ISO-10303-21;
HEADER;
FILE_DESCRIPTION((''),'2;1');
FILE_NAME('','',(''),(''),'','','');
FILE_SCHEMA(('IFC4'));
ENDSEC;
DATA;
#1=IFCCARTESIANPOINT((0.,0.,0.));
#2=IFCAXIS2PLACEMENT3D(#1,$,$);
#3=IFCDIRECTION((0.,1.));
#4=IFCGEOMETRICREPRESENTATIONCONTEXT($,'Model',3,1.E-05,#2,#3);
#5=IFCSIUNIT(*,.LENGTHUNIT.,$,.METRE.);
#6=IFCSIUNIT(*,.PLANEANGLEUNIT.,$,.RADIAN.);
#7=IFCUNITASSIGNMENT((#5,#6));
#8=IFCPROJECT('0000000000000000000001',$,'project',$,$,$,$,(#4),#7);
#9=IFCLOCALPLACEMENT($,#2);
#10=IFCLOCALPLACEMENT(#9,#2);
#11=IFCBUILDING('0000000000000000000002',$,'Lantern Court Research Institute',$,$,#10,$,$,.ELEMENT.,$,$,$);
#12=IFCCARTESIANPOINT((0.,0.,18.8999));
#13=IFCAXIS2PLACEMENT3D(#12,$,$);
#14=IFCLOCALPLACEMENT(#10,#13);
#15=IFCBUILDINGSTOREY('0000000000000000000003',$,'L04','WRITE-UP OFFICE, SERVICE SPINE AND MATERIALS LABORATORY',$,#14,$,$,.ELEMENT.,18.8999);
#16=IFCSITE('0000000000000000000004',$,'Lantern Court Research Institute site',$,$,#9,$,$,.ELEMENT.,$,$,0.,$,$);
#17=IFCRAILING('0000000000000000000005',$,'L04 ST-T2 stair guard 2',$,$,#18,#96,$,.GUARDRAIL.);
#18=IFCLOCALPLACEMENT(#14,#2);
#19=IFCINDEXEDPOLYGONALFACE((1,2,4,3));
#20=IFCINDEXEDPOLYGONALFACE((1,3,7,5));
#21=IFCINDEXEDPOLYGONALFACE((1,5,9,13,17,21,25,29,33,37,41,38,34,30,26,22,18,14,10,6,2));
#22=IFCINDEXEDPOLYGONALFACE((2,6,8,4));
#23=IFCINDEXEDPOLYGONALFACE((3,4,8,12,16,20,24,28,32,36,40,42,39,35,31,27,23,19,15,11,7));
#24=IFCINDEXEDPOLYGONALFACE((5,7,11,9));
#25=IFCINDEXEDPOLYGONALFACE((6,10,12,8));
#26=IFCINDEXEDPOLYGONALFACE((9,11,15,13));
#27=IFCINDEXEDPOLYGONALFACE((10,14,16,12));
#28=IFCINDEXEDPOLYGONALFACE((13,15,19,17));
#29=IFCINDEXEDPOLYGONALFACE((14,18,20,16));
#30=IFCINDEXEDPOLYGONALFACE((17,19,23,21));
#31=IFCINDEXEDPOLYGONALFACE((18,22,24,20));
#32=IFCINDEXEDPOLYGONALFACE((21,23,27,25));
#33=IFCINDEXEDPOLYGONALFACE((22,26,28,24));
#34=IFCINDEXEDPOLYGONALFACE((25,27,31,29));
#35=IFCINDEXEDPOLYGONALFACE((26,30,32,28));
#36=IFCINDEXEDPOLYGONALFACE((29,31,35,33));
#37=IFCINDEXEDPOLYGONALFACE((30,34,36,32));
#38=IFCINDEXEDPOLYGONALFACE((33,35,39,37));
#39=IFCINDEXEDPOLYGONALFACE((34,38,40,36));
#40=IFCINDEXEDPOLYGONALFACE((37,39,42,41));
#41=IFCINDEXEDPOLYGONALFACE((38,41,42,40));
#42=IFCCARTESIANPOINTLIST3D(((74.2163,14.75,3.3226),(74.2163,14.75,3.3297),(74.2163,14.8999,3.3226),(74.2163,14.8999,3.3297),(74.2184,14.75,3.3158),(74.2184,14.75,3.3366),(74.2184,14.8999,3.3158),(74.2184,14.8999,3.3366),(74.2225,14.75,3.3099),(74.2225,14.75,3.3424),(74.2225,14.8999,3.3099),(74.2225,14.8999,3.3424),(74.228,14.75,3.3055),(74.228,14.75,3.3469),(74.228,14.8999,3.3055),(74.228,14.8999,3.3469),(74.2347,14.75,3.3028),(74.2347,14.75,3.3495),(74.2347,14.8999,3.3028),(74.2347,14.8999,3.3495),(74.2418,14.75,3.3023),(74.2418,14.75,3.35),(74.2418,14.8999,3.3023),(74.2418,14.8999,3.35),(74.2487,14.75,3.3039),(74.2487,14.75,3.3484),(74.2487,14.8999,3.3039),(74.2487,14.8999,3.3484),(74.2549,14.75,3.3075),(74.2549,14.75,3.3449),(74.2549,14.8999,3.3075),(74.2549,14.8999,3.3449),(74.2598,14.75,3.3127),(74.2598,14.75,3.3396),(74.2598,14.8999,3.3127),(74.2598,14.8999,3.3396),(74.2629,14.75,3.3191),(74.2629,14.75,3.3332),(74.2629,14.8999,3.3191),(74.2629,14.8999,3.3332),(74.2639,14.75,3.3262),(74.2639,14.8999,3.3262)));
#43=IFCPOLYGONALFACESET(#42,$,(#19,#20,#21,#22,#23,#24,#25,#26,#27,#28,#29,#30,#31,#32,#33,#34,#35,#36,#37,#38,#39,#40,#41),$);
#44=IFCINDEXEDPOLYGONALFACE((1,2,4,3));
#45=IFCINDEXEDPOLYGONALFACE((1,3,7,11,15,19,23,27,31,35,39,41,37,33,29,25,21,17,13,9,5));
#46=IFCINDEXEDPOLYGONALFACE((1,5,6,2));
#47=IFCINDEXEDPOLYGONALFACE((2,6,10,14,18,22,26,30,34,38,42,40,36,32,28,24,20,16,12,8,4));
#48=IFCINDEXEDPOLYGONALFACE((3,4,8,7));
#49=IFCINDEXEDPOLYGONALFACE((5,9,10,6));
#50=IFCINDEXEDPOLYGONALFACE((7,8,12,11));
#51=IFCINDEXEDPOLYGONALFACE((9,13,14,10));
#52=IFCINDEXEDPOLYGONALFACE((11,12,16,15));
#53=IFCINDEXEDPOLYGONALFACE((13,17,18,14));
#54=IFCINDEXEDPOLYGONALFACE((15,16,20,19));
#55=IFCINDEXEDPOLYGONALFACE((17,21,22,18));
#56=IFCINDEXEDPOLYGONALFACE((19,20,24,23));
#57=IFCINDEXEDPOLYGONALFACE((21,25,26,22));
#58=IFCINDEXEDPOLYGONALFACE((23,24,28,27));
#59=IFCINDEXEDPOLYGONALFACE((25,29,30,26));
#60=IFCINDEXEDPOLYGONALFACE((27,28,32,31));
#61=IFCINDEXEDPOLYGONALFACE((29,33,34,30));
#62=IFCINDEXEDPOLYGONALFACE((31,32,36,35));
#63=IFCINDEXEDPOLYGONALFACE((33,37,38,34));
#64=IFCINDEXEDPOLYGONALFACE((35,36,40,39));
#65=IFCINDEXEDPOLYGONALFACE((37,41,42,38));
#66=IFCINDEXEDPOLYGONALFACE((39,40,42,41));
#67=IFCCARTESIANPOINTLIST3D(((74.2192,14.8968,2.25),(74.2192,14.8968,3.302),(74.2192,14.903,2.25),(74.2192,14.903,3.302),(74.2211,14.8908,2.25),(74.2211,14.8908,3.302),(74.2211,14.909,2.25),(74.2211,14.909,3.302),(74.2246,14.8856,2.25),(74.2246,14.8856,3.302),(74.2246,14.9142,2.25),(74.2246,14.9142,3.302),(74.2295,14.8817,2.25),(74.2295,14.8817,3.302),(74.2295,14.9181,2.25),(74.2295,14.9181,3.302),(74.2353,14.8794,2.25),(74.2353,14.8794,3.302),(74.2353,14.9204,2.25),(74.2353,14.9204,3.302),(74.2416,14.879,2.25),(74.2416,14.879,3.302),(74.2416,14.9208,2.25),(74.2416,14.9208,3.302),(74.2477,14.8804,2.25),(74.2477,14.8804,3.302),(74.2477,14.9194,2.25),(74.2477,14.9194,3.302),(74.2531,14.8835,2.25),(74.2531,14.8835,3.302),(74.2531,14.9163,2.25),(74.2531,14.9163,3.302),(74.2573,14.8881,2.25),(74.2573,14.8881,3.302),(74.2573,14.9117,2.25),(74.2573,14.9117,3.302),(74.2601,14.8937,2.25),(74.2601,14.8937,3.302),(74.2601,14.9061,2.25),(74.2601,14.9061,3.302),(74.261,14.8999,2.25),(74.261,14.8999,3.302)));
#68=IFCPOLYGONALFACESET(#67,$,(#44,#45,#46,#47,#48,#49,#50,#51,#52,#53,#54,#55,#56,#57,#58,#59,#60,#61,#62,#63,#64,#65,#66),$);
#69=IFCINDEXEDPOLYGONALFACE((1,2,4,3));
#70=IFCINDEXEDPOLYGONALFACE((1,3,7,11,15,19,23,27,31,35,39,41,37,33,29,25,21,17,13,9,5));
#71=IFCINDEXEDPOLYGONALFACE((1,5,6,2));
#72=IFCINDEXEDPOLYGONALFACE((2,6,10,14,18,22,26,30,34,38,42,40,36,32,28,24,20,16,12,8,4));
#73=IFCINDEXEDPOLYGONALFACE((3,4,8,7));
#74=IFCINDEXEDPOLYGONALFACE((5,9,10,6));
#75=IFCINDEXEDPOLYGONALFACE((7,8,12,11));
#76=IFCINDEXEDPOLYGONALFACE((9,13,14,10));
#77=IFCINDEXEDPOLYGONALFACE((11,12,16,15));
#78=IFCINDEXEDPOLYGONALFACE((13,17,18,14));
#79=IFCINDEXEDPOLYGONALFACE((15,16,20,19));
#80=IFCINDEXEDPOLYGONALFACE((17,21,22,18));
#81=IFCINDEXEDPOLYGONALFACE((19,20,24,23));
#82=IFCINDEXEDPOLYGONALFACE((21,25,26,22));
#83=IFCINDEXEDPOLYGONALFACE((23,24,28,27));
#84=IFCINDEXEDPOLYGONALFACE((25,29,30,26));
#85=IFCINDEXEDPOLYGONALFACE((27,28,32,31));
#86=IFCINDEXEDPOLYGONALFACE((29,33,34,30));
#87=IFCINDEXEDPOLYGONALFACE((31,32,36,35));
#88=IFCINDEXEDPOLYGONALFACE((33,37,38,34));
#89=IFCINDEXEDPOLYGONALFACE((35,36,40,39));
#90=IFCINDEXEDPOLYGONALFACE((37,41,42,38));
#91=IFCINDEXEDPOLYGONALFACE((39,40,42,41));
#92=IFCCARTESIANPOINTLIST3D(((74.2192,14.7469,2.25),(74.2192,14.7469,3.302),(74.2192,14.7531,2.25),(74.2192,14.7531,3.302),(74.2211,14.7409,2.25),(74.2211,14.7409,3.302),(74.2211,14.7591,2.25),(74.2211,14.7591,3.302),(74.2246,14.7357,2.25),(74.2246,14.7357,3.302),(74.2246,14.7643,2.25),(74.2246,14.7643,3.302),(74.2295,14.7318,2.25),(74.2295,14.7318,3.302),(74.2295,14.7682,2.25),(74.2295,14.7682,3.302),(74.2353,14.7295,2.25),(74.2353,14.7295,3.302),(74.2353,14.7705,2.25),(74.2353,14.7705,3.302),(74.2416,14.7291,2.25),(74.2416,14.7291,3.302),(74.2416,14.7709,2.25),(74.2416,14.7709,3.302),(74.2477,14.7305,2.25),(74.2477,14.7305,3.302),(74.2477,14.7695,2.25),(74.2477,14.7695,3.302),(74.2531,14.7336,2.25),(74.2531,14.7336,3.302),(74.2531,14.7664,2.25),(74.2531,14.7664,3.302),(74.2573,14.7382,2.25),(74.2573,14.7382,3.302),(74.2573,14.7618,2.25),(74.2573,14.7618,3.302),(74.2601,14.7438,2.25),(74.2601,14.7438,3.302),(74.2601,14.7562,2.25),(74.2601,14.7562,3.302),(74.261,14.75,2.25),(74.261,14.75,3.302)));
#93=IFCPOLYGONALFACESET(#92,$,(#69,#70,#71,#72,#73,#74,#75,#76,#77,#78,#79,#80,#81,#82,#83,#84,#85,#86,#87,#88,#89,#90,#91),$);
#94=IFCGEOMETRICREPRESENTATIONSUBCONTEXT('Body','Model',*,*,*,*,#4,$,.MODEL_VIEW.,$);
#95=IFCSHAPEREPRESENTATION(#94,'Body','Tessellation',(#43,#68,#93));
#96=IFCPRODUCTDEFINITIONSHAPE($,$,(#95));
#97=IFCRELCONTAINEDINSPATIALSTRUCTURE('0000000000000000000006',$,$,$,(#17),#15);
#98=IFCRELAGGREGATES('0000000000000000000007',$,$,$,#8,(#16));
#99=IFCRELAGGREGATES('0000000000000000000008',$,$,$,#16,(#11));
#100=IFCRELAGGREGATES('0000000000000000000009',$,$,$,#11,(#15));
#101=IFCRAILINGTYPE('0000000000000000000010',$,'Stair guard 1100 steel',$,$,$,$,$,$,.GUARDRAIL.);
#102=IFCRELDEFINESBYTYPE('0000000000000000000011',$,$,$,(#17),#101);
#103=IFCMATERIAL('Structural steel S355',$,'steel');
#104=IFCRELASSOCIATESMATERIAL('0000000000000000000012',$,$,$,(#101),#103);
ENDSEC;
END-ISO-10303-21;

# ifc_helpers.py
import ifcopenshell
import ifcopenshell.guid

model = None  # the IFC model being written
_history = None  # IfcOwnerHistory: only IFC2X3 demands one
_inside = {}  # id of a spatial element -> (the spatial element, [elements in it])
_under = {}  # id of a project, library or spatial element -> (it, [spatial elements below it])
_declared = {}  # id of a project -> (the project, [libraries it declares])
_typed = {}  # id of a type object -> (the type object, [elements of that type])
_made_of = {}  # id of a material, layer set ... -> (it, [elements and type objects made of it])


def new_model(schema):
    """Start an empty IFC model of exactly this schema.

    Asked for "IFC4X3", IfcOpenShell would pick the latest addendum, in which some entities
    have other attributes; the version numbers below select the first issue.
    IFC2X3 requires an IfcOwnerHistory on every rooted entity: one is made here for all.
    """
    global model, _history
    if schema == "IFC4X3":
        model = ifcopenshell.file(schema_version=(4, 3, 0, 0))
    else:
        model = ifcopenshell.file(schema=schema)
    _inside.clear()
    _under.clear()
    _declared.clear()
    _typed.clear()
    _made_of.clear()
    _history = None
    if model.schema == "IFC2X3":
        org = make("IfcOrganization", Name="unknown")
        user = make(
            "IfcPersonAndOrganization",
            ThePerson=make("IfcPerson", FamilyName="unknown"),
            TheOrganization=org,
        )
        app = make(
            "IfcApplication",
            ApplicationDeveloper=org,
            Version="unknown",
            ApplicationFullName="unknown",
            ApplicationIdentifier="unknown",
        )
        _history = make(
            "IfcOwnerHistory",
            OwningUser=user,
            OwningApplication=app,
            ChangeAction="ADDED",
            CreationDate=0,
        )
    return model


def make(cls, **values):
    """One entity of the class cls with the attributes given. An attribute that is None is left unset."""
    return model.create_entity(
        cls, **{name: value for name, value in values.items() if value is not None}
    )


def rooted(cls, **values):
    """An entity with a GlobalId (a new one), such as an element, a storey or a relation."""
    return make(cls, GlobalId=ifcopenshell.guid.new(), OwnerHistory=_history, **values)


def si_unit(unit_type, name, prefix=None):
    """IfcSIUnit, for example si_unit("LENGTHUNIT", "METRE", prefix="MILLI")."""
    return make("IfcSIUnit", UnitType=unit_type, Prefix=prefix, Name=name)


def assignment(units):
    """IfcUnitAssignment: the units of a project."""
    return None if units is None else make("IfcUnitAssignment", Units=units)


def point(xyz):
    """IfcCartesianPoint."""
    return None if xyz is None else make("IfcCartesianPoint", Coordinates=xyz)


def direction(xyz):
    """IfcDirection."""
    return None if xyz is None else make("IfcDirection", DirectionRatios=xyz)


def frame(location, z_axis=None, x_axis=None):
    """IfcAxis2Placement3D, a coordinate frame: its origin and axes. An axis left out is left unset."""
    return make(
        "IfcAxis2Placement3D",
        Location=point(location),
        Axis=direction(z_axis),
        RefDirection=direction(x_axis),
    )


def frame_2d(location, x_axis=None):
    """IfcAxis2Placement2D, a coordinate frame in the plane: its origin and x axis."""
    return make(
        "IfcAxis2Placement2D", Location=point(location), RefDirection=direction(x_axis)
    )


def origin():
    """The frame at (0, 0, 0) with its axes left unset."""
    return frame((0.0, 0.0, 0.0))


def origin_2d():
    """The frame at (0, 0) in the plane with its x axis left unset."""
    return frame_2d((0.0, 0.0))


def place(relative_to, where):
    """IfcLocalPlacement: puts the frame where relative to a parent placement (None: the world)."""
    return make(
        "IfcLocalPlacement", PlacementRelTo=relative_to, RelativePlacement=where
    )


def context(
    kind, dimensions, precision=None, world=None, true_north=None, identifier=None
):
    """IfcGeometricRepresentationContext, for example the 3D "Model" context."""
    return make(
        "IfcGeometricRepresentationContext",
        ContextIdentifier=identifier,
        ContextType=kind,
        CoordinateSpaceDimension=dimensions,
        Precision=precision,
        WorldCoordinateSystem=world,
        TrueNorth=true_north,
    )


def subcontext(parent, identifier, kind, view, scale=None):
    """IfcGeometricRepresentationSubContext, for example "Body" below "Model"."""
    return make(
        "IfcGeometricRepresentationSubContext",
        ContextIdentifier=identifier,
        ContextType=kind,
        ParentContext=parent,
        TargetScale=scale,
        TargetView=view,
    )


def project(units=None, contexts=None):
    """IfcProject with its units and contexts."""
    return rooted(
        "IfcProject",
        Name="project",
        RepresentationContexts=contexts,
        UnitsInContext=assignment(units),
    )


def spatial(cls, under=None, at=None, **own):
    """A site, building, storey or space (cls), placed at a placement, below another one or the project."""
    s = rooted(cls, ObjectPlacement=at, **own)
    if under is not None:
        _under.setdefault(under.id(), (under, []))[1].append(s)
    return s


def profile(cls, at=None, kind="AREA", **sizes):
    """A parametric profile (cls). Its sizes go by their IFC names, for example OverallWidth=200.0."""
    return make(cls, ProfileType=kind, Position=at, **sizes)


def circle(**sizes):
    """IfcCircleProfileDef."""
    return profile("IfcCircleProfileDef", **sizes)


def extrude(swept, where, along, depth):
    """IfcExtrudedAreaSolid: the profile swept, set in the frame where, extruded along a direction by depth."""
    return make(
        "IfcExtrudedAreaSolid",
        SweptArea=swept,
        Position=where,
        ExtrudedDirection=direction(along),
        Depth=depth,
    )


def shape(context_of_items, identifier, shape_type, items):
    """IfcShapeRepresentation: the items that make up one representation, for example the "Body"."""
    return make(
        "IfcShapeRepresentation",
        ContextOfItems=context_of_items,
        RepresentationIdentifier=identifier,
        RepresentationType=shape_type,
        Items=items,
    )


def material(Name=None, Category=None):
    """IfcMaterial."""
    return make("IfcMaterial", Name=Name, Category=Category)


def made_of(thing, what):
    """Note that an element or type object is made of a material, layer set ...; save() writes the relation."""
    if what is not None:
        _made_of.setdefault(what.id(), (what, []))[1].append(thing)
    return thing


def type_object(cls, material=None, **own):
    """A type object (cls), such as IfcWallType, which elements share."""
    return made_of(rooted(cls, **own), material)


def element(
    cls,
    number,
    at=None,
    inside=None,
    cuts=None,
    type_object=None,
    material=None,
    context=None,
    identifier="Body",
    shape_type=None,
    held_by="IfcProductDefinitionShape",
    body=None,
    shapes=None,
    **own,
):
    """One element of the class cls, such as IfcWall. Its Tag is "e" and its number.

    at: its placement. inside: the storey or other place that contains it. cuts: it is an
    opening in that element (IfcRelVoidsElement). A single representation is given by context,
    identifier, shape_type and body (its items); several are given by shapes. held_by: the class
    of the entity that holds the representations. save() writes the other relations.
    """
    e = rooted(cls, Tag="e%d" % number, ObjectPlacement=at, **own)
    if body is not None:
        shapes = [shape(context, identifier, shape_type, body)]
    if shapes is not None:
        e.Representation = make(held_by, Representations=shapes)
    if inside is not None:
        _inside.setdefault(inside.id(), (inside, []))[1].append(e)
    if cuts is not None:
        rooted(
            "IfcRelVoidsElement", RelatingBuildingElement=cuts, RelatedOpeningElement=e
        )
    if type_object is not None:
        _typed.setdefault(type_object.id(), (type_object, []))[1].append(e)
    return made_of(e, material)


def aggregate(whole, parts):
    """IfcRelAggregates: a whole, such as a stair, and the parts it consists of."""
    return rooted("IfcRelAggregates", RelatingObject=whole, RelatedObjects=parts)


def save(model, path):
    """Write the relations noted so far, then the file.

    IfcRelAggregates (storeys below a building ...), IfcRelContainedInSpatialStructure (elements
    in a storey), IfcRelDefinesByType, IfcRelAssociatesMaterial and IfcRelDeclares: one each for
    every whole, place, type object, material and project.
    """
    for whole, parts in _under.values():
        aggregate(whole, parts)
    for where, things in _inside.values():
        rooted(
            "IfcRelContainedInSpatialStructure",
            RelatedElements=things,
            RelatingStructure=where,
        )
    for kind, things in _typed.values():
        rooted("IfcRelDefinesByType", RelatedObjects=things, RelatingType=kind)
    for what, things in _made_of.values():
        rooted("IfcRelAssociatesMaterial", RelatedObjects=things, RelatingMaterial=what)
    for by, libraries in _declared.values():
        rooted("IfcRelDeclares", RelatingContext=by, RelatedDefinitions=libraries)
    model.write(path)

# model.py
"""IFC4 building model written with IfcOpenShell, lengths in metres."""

from ifc_helpers import new_model, si_unit, direction, frame, origin, origin_2d, place, context, subcontext, project, spatial, circle, extrude, material, type_object, element, save


model = new_model("IFC4")

# Units and contexts
model_context = context("Model", 3, precision=1e-05, world=origin(), true_north=direction((0.0, 1.0)))
body_context = subcontext(model_context, "Body", "Model", "MODEL_VIEW")
ifc_project = project(units=[si_unit("LENGTHUNIT", "METRE"), si_unit("PLANEANGLEUNIT", "RADIAN")], contexts=[model_context])

# Site, building, storey
site_placement = place(None, origin())
site = spatial("IfcSite", under=ifc_project, at=site_placement, Name="Lantern Court Research Institute site", CompositionType="ELEMENT", RefElevation=0.0)
building_placement = place(site_placement, origin())
building = spatial("IfcBuilding", under=site, at=building_placement, Name="Lantern Court Research Institute", CompositionType="ELEMENT")
storey_placement = place(building_placement, frame((0.0, 0.0, 18.8999)))
storey = spatial("IfcBuildingStorey", under=building, at=storey_placement, Name="L04", Description="WRITE-UP OFFICE, SERVICE SPINE AND MATERIALS LABORATORY", CompositionType="ELEMENT", Elevation=18.8999)

# Railing
ifc_material_1 = material(Name="Structural steel S355", Category="steel")
railing_type_1 = type_object("IfcRailingType", Name="Stair guard 1100 steel", PredefinedType="GUARDRAIL", material=ifc_material_1)
railing_1_placement = place(storey_placement, frame((74.24, 14.8999, 2.25)))
element("IfcRailing", 1, at=railing_1_placement, inside=storey, type_object=railing_type_1, Name="L04 ST-T2 stair guard 2", PredefinedType="GUARDRAIL", context=body_context, shape_type="SweptSolid", body=[
    extrude(circle(Radius=0.0239, at=origin_2d()), frame((0.0, 0.0, 1.0762), z_axis=(0.0, -1.0, 0.0), x_axis=(1.0, 0.0, 0.0)), (0.0, 0.0, 1.0), 0.1499),
    extrude(circle(Radius=0.021, at=origin_2d()), origin(), (0.0, 0.0, 1.0), 1.052),
    extrude(circle(Radius=0.021, at=origin_2d()), frame((0.0, -0.1499, 0.0)), (0.0, 0.0, 1.0), 1.052),
])

save(model, "model.ifc")
